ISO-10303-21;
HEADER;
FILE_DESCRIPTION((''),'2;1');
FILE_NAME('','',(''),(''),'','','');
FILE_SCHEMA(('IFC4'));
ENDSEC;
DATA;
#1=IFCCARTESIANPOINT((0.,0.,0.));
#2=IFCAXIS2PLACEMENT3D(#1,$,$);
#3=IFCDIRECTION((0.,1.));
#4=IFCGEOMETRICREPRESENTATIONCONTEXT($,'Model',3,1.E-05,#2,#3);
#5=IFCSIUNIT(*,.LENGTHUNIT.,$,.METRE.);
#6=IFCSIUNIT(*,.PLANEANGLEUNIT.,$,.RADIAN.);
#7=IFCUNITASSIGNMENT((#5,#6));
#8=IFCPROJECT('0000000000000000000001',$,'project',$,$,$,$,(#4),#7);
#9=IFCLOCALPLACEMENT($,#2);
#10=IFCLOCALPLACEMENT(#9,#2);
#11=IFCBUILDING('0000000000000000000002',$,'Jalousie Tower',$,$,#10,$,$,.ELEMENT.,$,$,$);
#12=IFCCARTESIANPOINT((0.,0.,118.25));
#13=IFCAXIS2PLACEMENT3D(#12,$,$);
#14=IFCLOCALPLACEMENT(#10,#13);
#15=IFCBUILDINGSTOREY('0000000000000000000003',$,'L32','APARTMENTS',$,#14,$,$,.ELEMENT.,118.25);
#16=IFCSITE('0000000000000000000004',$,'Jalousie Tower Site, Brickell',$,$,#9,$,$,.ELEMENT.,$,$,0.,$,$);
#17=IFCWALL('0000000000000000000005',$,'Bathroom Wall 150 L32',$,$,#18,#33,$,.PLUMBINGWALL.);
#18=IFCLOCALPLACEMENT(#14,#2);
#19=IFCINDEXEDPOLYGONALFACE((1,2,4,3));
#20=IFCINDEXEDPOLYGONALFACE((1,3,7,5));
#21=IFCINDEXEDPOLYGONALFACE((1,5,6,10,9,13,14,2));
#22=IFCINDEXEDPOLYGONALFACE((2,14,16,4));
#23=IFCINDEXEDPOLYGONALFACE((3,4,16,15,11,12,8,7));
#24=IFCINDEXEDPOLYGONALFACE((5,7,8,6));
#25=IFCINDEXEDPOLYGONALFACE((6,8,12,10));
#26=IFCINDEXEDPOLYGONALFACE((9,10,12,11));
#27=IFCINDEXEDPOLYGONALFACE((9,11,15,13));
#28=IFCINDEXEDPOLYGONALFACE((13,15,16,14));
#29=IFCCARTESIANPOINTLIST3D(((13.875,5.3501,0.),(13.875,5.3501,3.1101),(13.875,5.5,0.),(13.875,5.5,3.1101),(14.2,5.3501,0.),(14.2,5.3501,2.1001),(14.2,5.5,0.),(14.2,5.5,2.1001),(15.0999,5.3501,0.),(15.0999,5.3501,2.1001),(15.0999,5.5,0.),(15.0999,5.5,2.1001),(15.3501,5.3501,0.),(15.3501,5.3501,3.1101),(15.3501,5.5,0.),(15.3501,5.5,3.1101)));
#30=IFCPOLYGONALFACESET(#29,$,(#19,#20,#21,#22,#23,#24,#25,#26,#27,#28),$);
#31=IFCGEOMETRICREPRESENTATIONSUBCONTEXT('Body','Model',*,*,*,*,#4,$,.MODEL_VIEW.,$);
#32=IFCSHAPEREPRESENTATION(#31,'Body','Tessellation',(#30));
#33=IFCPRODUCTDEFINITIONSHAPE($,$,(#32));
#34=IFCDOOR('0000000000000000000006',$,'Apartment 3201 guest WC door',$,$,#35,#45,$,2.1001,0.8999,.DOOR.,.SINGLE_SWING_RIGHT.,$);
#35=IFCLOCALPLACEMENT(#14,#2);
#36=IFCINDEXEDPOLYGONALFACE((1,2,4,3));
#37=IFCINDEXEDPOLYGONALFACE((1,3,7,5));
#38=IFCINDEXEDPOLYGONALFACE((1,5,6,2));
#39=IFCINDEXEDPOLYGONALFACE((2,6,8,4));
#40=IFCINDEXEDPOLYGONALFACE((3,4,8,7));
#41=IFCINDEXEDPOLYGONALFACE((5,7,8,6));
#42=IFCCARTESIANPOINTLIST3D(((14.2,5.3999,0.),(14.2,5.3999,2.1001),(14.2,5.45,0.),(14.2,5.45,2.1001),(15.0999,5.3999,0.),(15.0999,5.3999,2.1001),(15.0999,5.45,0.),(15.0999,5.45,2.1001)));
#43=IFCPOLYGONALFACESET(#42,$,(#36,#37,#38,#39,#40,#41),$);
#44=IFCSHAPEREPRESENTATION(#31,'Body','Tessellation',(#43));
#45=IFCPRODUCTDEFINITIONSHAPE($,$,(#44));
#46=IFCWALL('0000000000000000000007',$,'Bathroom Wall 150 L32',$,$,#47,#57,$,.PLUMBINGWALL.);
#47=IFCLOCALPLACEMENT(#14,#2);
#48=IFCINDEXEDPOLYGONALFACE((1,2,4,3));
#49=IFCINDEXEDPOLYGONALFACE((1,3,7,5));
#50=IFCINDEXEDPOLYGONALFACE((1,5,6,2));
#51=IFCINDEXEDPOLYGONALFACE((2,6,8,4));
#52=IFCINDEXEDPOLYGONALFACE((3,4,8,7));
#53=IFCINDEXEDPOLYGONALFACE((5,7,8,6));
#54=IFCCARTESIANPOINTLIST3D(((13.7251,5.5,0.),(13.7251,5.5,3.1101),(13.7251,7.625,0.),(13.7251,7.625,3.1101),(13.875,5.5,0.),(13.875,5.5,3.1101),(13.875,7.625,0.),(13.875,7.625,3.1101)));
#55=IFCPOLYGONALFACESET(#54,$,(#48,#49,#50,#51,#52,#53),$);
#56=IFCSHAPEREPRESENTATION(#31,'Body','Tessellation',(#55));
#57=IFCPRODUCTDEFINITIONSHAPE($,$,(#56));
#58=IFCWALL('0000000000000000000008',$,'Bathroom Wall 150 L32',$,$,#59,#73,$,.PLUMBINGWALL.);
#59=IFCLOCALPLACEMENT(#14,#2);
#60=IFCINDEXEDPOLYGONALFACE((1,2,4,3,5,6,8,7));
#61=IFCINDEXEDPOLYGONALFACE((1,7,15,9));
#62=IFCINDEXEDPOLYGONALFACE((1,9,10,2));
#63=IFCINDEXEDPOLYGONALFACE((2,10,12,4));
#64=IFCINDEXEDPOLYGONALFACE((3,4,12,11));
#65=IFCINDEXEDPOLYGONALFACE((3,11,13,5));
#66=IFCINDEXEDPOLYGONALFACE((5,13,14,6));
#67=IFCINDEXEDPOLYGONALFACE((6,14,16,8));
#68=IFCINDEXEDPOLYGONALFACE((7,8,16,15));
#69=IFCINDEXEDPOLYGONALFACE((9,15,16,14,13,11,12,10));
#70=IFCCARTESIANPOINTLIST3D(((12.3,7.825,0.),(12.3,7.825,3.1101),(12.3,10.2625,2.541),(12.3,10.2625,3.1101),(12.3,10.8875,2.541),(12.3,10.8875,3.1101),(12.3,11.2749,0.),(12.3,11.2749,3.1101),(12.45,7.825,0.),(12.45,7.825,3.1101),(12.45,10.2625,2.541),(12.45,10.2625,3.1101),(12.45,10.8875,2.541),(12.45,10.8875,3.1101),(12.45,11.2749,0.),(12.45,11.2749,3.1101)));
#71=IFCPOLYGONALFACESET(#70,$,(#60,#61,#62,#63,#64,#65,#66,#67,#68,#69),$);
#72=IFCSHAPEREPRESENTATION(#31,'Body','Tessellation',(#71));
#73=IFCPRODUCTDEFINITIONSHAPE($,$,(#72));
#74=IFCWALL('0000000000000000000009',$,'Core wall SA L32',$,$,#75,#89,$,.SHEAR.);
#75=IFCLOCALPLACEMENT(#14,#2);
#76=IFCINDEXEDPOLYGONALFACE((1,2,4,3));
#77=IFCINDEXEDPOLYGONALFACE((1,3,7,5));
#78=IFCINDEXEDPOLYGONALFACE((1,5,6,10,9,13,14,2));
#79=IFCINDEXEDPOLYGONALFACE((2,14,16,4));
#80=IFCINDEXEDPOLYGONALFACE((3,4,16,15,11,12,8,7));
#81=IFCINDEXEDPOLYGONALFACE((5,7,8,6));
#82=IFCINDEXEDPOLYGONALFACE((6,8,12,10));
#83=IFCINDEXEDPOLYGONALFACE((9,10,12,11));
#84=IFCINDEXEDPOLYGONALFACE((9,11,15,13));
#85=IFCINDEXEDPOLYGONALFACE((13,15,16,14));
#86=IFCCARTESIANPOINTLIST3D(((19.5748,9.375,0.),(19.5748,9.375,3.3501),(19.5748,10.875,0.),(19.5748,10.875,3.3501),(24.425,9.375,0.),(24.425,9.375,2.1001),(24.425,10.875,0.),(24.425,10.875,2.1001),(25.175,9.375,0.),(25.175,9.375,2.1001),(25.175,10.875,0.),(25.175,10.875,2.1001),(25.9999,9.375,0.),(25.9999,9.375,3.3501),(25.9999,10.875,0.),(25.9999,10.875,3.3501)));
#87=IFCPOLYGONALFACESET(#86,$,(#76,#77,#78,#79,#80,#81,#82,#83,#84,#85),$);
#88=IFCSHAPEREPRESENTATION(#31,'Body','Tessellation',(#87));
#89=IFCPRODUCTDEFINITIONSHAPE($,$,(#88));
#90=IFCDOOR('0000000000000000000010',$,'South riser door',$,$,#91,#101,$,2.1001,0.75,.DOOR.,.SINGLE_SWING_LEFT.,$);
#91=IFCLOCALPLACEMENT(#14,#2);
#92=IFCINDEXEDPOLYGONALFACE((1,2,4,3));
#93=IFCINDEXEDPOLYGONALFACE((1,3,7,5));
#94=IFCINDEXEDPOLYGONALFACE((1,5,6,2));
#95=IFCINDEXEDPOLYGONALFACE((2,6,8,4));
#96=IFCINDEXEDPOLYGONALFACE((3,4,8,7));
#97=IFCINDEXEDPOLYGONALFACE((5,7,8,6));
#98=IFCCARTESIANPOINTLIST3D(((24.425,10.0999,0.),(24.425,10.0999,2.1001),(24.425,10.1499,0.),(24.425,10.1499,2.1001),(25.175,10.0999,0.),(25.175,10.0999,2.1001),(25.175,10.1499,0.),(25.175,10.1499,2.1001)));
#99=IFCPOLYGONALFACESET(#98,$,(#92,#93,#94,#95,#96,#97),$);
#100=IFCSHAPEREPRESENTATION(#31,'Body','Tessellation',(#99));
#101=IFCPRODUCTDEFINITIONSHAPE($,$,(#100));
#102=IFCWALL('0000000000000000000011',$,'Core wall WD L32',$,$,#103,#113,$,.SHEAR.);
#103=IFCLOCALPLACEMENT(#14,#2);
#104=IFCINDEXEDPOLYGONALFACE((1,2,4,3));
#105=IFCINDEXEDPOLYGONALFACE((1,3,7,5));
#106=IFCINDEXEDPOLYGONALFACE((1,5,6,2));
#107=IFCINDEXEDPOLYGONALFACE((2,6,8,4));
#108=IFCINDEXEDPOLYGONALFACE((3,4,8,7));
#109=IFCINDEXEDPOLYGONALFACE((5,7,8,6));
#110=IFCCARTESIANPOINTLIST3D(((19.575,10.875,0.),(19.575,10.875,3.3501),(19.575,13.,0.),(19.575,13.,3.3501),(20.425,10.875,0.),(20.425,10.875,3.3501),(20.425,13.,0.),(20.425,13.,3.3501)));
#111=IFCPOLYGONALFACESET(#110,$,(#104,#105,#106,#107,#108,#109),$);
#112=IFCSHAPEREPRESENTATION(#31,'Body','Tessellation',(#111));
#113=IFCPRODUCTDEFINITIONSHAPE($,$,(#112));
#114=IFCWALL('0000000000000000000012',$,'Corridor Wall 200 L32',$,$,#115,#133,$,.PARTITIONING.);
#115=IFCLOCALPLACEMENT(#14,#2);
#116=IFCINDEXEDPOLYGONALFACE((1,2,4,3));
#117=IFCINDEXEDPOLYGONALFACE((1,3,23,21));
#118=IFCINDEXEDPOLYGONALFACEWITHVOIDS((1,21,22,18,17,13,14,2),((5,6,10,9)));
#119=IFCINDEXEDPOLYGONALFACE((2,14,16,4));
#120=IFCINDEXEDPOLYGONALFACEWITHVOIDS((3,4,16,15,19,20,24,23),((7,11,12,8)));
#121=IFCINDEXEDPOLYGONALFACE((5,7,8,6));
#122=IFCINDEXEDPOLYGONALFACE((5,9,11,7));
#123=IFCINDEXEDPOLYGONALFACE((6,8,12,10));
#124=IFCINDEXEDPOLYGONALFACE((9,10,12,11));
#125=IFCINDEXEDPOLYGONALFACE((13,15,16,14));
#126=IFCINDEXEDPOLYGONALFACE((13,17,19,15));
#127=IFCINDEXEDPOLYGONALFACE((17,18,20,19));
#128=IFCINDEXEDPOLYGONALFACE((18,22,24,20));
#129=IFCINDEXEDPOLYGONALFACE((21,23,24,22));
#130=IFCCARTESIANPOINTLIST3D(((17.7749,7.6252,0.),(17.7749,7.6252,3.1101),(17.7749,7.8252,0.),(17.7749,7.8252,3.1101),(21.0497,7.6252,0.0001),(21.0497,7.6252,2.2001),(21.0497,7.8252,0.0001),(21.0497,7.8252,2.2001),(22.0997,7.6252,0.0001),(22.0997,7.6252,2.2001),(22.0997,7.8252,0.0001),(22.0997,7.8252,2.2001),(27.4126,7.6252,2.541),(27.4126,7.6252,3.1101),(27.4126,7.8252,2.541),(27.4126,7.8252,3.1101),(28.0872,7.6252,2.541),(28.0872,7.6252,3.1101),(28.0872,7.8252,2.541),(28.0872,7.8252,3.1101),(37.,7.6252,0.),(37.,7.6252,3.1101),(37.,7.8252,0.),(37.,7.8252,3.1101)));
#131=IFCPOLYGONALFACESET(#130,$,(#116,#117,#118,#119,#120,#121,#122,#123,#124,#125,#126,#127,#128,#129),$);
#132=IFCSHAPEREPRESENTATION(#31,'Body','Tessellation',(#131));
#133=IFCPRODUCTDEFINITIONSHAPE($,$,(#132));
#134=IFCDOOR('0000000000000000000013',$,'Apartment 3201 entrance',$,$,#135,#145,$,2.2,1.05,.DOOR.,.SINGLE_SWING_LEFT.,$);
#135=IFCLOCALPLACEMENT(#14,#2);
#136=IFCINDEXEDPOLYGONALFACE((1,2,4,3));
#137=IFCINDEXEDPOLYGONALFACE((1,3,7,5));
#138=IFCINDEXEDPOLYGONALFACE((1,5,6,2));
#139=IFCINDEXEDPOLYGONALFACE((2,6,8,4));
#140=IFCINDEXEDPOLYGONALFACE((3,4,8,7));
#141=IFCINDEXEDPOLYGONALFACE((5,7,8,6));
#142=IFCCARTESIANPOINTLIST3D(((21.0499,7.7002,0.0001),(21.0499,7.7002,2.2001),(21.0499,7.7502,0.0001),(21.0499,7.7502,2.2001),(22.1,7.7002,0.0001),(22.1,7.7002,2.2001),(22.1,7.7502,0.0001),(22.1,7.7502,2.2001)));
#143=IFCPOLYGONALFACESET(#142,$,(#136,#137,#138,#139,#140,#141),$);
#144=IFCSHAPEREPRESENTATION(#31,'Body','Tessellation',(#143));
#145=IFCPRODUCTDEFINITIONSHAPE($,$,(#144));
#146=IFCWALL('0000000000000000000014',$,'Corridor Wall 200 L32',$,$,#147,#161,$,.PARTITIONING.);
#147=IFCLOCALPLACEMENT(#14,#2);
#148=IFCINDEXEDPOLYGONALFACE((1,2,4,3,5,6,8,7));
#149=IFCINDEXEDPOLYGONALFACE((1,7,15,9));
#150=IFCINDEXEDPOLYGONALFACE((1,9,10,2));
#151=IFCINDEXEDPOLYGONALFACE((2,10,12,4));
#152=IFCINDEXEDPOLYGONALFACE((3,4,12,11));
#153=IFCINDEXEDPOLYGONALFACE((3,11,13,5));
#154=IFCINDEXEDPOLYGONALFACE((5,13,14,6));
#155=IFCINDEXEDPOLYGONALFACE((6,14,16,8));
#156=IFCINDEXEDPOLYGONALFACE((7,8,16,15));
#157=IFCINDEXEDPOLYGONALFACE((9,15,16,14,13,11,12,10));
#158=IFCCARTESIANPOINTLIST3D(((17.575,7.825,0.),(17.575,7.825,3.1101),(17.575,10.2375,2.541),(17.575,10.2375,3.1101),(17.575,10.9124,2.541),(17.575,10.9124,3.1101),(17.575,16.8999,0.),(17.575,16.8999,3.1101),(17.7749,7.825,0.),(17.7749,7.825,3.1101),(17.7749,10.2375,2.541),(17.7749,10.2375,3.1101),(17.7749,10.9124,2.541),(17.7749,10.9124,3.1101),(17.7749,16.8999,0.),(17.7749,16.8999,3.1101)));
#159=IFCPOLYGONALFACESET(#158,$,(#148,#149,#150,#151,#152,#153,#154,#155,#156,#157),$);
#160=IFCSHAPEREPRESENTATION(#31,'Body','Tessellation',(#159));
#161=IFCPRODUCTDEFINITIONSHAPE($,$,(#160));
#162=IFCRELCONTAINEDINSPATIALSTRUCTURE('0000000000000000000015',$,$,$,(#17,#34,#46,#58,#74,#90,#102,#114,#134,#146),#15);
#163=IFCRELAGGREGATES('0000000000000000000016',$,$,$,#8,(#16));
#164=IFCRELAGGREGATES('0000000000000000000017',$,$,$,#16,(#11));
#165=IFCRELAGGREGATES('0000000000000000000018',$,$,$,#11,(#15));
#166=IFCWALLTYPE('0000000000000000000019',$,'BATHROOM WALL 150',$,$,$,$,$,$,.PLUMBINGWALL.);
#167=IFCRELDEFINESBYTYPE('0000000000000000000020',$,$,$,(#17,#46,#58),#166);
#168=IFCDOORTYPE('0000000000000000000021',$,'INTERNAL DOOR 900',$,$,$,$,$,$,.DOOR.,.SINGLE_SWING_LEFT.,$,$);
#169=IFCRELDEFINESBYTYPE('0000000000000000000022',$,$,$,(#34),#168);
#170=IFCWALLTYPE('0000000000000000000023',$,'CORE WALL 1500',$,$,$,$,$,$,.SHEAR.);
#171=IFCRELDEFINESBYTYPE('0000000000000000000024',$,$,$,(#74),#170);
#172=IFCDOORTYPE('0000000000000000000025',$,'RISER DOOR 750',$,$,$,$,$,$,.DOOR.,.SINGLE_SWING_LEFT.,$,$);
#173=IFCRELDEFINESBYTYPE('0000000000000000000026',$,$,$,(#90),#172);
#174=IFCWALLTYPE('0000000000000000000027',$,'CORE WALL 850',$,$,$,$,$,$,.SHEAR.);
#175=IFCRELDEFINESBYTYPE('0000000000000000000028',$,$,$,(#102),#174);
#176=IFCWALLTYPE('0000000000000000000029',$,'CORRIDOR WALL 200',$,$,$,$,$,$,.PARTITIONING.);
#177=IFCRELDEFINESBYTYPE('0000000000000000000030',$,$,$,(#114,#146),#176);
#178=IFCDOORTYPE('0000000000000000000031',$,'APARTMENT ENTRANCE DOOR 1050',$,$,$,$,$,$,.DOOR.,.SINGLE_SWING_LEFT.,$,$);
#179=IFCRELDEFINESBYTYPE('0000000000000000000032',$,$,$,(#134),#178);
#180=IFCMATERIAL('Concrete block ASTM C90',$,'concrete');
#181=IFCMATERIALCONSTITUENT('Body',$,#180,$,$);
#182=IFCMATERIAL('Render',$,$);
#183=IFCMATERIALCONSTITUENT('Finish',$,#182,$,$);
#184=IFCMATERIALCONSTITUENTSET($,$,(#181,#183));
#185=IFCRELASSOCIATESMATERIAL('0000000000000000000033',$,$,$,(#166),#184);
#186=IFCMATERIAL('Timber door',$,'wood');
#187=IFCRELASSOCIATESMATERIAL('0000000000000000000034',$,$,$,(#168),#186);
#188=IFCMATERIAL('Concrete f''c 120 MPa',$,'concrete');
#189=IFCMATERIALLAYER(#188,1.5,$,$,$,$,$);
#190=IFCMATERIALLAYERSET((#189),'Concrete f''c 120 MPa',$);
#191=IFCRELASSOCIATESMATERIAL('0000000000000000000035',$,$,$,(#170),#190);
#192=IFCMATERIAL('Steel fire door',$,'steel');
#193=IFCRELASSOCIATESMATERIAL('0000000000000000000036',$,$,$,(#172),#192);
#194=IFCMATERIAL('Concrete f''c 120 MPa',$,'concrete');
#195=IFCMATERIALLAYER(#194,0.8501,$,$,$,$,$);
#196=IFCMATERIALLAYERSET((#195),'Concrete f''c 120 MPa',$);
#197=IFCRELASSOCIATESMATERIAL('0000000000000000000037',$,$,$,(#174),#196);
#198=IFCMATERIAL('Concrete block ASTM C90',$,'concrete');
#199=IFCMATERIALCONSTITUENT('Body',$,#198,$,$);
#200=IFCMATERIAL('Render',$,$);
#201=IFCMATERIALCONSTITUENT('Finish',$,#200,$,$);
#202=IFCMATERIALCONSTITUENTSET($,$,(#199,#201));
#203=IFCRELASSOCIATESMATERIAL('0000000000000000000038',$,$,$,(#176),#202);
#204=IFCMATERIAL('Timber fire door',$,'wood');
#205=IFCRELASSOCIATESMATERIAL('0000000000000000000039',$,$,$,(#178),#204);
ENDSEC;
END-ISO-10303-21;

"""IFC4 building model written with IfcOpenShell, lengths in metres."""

from ifc_helpers import new_model, si_unit, direction, frame, frame_2d, origin, place, context, subcontext, project, spatial, polyline, rectangle, outline, extrude, material, layer, layer_set, constituent, constituent_set, type_object, element, fill, save


model = new_model("IFC4")

# Units and contexts
model_context = context("Model", 3, precision=1e-05, world=origin(), true_north=direction((0.0, 1.0)))
body_context = subcontext(model_context, "Body", "Model", "MODEL_VIEW")
ifc_project = project(units=[si_unit("LENGTHUNIT", "METRE"), si_unit("PLANEANGLEUNIT", "RADIAN")], contexts=[model_context])

# Site, building, storey
site_placement = place(None, origin())
site = spatial("IfcSite", under=ifc_project, at=site_placement, Name="Jalousie Tower Site, Brickell", CompositionType="ELEMENT", RefElevation=0.0)
building_placement = place(site_placement, origin())
building = spatial("IfcBuilding", under=site, at=building_placement, Name="Jalousie Tower", CompositionType="ELEMENT")
storey_placement = place(building_placement, frame((0.0, 0.0, 118.25)))
storey = spatial("IfcBuildingStorey", under=building, at=storey_placement, Name="L32", Description="APARTMENTS", CompositionType="ELEMENT", Elevation=118.25)

# Wall, opening, door
ifc_material_1 = material(Name="Concrete block ASTM C90", Category="concrete")
ifc_constituent_1 = constituent(ifc_material_1, Name="Body")
ifc_material_2 = material(Name="Render")
ifc_constituent_2 = constituent(ifc_material_2, Name="Finish")
ifc_constituent_set_1 = constituent_set(constituents=[ifc_constituent_1, ifc_constituent_2])
wall_type_1 = type_object("IfcWallType", Name="BATHROOM WALL 150", PredefinedType="PLUMBINGWALL", material=ifc_constituent_set_1)
wall_1_placement = place(storey_placement, frame((13.875, 5.425, 0.0), z_axis=(0.0, 0.0, 1.0), x_axis=(1.0, 0.0, 0.0)))
wall_1 = element("IfcWall", 1, at=wall_1_placement, inside=storey, type_object=wall_type_1, Name="Bathroom Wall 150 L32", PredefinedType="PLUMBINGWALL", context=body_context, shape_type="SweptSolid", body=[
    extrude(rectangle(XDim=1.4751, YDim=0.1499, at=frame_2d((0.7375, 0.0))), origin(), (0.0, 0.0, 1.0), 3.1101),
])
opening_1_placement = place(wall_1_placement, frame((0.325, 0.0, 0.0)))
opening_1 = element("IfcOpeningElement", 2, at=opening_1_placement, cuts=wall_1, PredefinedType="OPENING", context=body_context, shape_type="SweptSolid", body=[
    extrude(rectangle(XDim=0.8999, YDim=2.1001, at=frame_2d((0.45, 1.05))), frame((0.0, 0.085, 0.0), z_axis=(0.0, -1.0, 0.0), x_axis=(1.0, 0.0, 0.0)), (0.0, 0.0, 1.0), 0.1699),
])
ifc_material_3 = material(Name="Timber door", Category="wood")
door_type_1 = type_object("IfcDoorType", Name="INTERNAL DOOR 900", OperationType="SINGLE_SWING_LEFT", PredefinedType="DOOR", material=ifc_material_3)
door_1_placement = place(opening_1_placement, origin())
door_1 = element("IfcDoor", 3, at=door_1_placement, inside=storey, type_object=door_type_1, Name="Apartment 3201 guest WC door", OperationType="SINGLE_SWING_RIGHT", OverallHeight=2.1001, OverallWidth=0.8999, PredefinedType="DOOR", context=body_context, shape_type="SweptSolid", body=[
    extrude(rectangle(XDim=0.8999, YDim=2.1001, at=frame_2d((0.45, 1.05))), frame((0.0, 0.0249, 0.0), z_axis=(0.0, -1.0, 0.0), x_axis=(1.0, 0.0, 0.0)), (0.0, 0.0, 1.0), 0.05),
])
fill(opening_1, door_1)

# Walls
wall_2_placement = place(storey_placement, frame((13.8, 5.5, 0.0), z_axis=(0.0, 0.0, 1.0), x_axis=(0.0, 1.0, 0.0)))
element("IfcWall", 4, at=wall_2_placement, inside=storey, type_object=wall_type_1, Name="Bathroom Wall 150 L32", PredefinedType="PLUMBINGWALL", context=body_context, shape_type="SweptSolid", body=[
    extrude(rectangle(XDim=2.125, YDim=0.1499, at=frame_2d((1.0625, 0.0))), origin(), (0.0, 0.0, 1.0), 3.1101),
])
wall_3_placement = place(storey_placement, frame((12.375, 7.825, 0.0), z_axis=(0.0, 0.0, 1.0), x_axis=(0.0, 1.0, 0.0)))
element("IfcWall", 5, at=wall_3_placement, inside=storey, type_object=wall_type_1, Name="Bathroom Wall 150 L32", PredefinedType="PLUMBINGWALL", context=body_context, shape_type="SweptSolid", body=[
    extrude(outline(polyline([(0.0, 0.0), (3.45, 0.0), (3.45, 3.1101), (3.0625, 3.1101), (3.0625, 2.541), (2.4375, 2.541), (2.4375, 3.1101), (0.0, 3.1101), (0.0, 0.0)])), frame((0.0, 0.075, 0.0), z_axis=(0.0, -1.0, 0.0), x_axis=(1.0, 0.0, 0.0)), (0.0, 0.0, 1.0), 0.1499),
])

# Wall, opening, door
ifc_material_4 = material(Name="Concrete f'c 120 MPa", Category="concrete")
ifc_layer_1 = layer(ifc_material_4, 1.5)
ifc_layer_set_1 = layer_set([ifc_layer_1], Name="Concrete f'c 120 MPa")
wall_type_2 = type_object("IfcWallType", Name="CORE WALL 1500", PredefinedType="SHEAR", material=ifc_layer_set_1)
wall_4_placement = place(storey_placement, frame((19.575, 10.125, 0.0), z_axis=(0.0, 0.0, 1.0), x_axis=(1.0, 0.0, 0.0)))
wall_4 = element("IfcWall", 6, at=wall_4_placement, inside=storey, type_object=wall_type_2, Name="Core wall SA L32", PredefinedType="SHEAR", context=body_context, shape_type="SweptSolid", body=[
    extrude(rectangle(XDim=6.425, YDim=1.5, at=frame_2d((3.2124, 0.0))), origin(), (0.0, 0.0, 1.0), 3.3501),
])
opening_2_placement = place(wall_4_placement, frame((4.8501, 0.0, 0.0)))
opening_2 = element("IfcOpeningElement", 7, at=opening_2_placement, cuts=wall_4, PredefinedType="OPENING", context=body_context, shape_type="SweptSolid", body=[
    extrude(rectangle(XDim=0.75, YDim=2.1001, at=frame_2d((0.375, 1.05))), frame((0.0, 0.76, 0.0), z_axis=(0.0, -1.0, 0.0), x_axis=(1.0, 0.0, 0.0)), (0.0, 0.0, 1.0), 1.52),
])
ifc_material_5 = material(Name="Steel fire door", Category="steel")
door_type_2 = type_object("IfcDoorType", Name="RISER DOOR 750", OperationType="SINGLE_SWING_LEFT", PredefinedType="DOOR", material=ifc_material_5)
door_2_placement = place(opening_2_placement, origin())
door_2 = element("IfcDoor", 8, at=door_2_placement, inside=storey, type_object=door_type_2, Name="South riser door", OperationType="SINGLE_SWING_LEFT", OverallHeight=2.1001, OverallWidth=0.75, PredefinedType="DOOR", context=body_context, shape_type="SweptSolid", body=[
    extrude(rectangle(XDim=0.75, YDim=2.1001, at=frame_2d((0.375, 1.05))), frame((0.0, 0.0249, 0.0), z_axis=(0.0, -1.0, 0.0), x_axis=(1.0, 0.0, 0.0)), (0.0, 0.0, 1.0), 0.05),
])
fill(opening_2, door_2)

# Wall
ifc_material_6 = material(Name="Concrete f'c 120 MPa", Category="concrete")
ifc_layer_2 = layer(ifc_material_6, 0.8501)
ifc_layer_set_2 = layer_set([ifc_layer_2], Name="Concrete f'c 120 MPa")
wall_type_3 = type_object("IfcWallType", Name="CORE WALL 850", PredefinedType="SHEAR", material=ifc_layer_set_2)
wall_5_placement = place(storey_placement, frame((20.0, 13.0, 0.0), z_axis=(0.0, 0.0, 1.0), x_axis=(0.0, -1.0, 0.0)))
element("IfcWall", 9, at=wall_5_placement, inside=storey, type_object=wall_type_3, Name="Core wall WD L32", PredefinedType="SHEAR", context=body_context, shape_type="SweptSolid", body=[
    extrude(rectangle(XDim=2.125, YDim=0.8501, at=frame_2d((1.0625, 0.0))), origin(), (0.0, 0.0, 1.0), 3.3501),
])

# Wall, opening, door
ifc_material_7 = material(Name="Concrete block ASTM C90", Category="concrete")
ifc_constituent_3 = constituent(ifc_material_7, Name="Body")
ifc_material_8 = material(Name="Render")
ifc_constituent_4 = constituent(ifc_material_8, Name="Finish")
ifc_constituent_set_2 = constituent_set(constituents=[ifc_constituent_3, ifc_constituent_4])
wall_type_4 = type_object("IfcWallType", Name="CORRIDOR WALL 200", PredefinedType="PARTITIONING", material=ifc_constituent_set_2)
wall_6_placement = place(storey_placement, frame((17.7749, 7.7251, 0.0), z_axis=(0.0, 0.0, 1.0), x_axis=(1.0, 0.0, 0.0)))
wall_6 = element("IfcWall", 10, at=wall_6_placement, inside=storey, type_object=wall_type_4, Name="Corridor Wall 200 L32", PredefinedType="PARTITIONING", context=body_context, shape_type="SweptSolid", body=[
    extrude(outline(polyline([(0.0, 0.0), (19.2251, 0.0), (19.2251, 3.1101), (10.3123, 3.1101), (10.3123, 2.541), (9.6377, 2.541), (9.6377, 3.1101), (0.0, 3.1101), (0.0, 0.0)])), frame((0.0, 0.1001, 0.0), z_axis=(0.0, -1.0, 0.0), x_axis=(1.0, 0.0, 0.0)), (0.0, 0.0, 1.0), 0.2),
])
opening_3_placement = place(wall_6_placement, frame((3.2749, 0.0, 0.0)))
opening_3 = element("IfcOpeningElement", 11, at=opening_3_placement, cuts=wall_6, PredefinedType="OPENING", context=body_context, shape_type="SweptSolid", body=[
    extrude(rectangle(XDim=1.05, YDim=2.2, at=frame_2d((0.5249, 1.1001))), frame((0.0, 0.1099, 0.0), z_axis=(0.0, -1.0, 0.0), x_axis=(1.0, 0.0, 0.0)), (0.0, 0.0, 1.0), 0.22),
])
ifc_material_9 = material(Name="Timber fire door", Category="wood")
door_type_3 = type_object("IfcDoorType", Name="APARTMENT ENTRANCE DOOR 1050", OperationType="SINGLE_SWING_LEFT", PredefinedType="DOOR", material=ifc_material_9)
door_3_placement = place(opening_3_placement, frame((1.05, 0.0, 0.0), z_axis=(0.0, 0.0, 1.0), x_axis=(-1.0, 0.0, 0.0)))
door_3 = element("IfcDoor", 12, at=door_3_placement, inside=storey, type_object=door_type_3, Name="Apartment 3201 entrance", OperationType="SINGLE_SWING_LEFT", OverallHeight=2.2, OverallWidth=1.05, PredefinedType="DOOR", context=body_context, shape_type="SweptSolid", body=[
    extrude(rectangle(XDim=1.05, YDim=2.2, at=frame_2d((0.5249, 1.1001))), frame((0.0, 0.0249, 0.0), z_axis=(0.0, -1.0, 0.0), x_axis=(1.0, 0.0, 0.0)), (0.0, 0.0, 1.0), 0.05),
])
fill(opening_3, door_3)

# Wall
wall_7_placement = place(storey_placement, frame((17.675, 7.825, 0.0), z_axis=(0.0, 0.0, 1.0), x_axis=(0.0, 1.0, 0.0)))
element("IfcWall", 13, at=wall_7_placement, inside=storey, type_object=wall_type_4, Name="Corridor Wall 200 L32", PredefinedType="PARTITIONING", context=body_context, shape_type="SweptSolid", body=[
    extrude(outline(polyline([(0.0, 0.0), (9.075, 0.0), (9.075, 3.1101), (3.0874, 3.1101), (3.0874, 2.541), (2.4126, 2.541), (2.4126, 3.1101), (0.0, 3.1101), (0.0, 0.0)])), frame((0.0, 0.1001, 0.0), z_axis=(0.0, -1.0, 0.0), x_axis=(1.0, 0.0, 0.0)), (0.0, 0.0, 1.0), 0.2),
])

save(model, "model.ifc")
